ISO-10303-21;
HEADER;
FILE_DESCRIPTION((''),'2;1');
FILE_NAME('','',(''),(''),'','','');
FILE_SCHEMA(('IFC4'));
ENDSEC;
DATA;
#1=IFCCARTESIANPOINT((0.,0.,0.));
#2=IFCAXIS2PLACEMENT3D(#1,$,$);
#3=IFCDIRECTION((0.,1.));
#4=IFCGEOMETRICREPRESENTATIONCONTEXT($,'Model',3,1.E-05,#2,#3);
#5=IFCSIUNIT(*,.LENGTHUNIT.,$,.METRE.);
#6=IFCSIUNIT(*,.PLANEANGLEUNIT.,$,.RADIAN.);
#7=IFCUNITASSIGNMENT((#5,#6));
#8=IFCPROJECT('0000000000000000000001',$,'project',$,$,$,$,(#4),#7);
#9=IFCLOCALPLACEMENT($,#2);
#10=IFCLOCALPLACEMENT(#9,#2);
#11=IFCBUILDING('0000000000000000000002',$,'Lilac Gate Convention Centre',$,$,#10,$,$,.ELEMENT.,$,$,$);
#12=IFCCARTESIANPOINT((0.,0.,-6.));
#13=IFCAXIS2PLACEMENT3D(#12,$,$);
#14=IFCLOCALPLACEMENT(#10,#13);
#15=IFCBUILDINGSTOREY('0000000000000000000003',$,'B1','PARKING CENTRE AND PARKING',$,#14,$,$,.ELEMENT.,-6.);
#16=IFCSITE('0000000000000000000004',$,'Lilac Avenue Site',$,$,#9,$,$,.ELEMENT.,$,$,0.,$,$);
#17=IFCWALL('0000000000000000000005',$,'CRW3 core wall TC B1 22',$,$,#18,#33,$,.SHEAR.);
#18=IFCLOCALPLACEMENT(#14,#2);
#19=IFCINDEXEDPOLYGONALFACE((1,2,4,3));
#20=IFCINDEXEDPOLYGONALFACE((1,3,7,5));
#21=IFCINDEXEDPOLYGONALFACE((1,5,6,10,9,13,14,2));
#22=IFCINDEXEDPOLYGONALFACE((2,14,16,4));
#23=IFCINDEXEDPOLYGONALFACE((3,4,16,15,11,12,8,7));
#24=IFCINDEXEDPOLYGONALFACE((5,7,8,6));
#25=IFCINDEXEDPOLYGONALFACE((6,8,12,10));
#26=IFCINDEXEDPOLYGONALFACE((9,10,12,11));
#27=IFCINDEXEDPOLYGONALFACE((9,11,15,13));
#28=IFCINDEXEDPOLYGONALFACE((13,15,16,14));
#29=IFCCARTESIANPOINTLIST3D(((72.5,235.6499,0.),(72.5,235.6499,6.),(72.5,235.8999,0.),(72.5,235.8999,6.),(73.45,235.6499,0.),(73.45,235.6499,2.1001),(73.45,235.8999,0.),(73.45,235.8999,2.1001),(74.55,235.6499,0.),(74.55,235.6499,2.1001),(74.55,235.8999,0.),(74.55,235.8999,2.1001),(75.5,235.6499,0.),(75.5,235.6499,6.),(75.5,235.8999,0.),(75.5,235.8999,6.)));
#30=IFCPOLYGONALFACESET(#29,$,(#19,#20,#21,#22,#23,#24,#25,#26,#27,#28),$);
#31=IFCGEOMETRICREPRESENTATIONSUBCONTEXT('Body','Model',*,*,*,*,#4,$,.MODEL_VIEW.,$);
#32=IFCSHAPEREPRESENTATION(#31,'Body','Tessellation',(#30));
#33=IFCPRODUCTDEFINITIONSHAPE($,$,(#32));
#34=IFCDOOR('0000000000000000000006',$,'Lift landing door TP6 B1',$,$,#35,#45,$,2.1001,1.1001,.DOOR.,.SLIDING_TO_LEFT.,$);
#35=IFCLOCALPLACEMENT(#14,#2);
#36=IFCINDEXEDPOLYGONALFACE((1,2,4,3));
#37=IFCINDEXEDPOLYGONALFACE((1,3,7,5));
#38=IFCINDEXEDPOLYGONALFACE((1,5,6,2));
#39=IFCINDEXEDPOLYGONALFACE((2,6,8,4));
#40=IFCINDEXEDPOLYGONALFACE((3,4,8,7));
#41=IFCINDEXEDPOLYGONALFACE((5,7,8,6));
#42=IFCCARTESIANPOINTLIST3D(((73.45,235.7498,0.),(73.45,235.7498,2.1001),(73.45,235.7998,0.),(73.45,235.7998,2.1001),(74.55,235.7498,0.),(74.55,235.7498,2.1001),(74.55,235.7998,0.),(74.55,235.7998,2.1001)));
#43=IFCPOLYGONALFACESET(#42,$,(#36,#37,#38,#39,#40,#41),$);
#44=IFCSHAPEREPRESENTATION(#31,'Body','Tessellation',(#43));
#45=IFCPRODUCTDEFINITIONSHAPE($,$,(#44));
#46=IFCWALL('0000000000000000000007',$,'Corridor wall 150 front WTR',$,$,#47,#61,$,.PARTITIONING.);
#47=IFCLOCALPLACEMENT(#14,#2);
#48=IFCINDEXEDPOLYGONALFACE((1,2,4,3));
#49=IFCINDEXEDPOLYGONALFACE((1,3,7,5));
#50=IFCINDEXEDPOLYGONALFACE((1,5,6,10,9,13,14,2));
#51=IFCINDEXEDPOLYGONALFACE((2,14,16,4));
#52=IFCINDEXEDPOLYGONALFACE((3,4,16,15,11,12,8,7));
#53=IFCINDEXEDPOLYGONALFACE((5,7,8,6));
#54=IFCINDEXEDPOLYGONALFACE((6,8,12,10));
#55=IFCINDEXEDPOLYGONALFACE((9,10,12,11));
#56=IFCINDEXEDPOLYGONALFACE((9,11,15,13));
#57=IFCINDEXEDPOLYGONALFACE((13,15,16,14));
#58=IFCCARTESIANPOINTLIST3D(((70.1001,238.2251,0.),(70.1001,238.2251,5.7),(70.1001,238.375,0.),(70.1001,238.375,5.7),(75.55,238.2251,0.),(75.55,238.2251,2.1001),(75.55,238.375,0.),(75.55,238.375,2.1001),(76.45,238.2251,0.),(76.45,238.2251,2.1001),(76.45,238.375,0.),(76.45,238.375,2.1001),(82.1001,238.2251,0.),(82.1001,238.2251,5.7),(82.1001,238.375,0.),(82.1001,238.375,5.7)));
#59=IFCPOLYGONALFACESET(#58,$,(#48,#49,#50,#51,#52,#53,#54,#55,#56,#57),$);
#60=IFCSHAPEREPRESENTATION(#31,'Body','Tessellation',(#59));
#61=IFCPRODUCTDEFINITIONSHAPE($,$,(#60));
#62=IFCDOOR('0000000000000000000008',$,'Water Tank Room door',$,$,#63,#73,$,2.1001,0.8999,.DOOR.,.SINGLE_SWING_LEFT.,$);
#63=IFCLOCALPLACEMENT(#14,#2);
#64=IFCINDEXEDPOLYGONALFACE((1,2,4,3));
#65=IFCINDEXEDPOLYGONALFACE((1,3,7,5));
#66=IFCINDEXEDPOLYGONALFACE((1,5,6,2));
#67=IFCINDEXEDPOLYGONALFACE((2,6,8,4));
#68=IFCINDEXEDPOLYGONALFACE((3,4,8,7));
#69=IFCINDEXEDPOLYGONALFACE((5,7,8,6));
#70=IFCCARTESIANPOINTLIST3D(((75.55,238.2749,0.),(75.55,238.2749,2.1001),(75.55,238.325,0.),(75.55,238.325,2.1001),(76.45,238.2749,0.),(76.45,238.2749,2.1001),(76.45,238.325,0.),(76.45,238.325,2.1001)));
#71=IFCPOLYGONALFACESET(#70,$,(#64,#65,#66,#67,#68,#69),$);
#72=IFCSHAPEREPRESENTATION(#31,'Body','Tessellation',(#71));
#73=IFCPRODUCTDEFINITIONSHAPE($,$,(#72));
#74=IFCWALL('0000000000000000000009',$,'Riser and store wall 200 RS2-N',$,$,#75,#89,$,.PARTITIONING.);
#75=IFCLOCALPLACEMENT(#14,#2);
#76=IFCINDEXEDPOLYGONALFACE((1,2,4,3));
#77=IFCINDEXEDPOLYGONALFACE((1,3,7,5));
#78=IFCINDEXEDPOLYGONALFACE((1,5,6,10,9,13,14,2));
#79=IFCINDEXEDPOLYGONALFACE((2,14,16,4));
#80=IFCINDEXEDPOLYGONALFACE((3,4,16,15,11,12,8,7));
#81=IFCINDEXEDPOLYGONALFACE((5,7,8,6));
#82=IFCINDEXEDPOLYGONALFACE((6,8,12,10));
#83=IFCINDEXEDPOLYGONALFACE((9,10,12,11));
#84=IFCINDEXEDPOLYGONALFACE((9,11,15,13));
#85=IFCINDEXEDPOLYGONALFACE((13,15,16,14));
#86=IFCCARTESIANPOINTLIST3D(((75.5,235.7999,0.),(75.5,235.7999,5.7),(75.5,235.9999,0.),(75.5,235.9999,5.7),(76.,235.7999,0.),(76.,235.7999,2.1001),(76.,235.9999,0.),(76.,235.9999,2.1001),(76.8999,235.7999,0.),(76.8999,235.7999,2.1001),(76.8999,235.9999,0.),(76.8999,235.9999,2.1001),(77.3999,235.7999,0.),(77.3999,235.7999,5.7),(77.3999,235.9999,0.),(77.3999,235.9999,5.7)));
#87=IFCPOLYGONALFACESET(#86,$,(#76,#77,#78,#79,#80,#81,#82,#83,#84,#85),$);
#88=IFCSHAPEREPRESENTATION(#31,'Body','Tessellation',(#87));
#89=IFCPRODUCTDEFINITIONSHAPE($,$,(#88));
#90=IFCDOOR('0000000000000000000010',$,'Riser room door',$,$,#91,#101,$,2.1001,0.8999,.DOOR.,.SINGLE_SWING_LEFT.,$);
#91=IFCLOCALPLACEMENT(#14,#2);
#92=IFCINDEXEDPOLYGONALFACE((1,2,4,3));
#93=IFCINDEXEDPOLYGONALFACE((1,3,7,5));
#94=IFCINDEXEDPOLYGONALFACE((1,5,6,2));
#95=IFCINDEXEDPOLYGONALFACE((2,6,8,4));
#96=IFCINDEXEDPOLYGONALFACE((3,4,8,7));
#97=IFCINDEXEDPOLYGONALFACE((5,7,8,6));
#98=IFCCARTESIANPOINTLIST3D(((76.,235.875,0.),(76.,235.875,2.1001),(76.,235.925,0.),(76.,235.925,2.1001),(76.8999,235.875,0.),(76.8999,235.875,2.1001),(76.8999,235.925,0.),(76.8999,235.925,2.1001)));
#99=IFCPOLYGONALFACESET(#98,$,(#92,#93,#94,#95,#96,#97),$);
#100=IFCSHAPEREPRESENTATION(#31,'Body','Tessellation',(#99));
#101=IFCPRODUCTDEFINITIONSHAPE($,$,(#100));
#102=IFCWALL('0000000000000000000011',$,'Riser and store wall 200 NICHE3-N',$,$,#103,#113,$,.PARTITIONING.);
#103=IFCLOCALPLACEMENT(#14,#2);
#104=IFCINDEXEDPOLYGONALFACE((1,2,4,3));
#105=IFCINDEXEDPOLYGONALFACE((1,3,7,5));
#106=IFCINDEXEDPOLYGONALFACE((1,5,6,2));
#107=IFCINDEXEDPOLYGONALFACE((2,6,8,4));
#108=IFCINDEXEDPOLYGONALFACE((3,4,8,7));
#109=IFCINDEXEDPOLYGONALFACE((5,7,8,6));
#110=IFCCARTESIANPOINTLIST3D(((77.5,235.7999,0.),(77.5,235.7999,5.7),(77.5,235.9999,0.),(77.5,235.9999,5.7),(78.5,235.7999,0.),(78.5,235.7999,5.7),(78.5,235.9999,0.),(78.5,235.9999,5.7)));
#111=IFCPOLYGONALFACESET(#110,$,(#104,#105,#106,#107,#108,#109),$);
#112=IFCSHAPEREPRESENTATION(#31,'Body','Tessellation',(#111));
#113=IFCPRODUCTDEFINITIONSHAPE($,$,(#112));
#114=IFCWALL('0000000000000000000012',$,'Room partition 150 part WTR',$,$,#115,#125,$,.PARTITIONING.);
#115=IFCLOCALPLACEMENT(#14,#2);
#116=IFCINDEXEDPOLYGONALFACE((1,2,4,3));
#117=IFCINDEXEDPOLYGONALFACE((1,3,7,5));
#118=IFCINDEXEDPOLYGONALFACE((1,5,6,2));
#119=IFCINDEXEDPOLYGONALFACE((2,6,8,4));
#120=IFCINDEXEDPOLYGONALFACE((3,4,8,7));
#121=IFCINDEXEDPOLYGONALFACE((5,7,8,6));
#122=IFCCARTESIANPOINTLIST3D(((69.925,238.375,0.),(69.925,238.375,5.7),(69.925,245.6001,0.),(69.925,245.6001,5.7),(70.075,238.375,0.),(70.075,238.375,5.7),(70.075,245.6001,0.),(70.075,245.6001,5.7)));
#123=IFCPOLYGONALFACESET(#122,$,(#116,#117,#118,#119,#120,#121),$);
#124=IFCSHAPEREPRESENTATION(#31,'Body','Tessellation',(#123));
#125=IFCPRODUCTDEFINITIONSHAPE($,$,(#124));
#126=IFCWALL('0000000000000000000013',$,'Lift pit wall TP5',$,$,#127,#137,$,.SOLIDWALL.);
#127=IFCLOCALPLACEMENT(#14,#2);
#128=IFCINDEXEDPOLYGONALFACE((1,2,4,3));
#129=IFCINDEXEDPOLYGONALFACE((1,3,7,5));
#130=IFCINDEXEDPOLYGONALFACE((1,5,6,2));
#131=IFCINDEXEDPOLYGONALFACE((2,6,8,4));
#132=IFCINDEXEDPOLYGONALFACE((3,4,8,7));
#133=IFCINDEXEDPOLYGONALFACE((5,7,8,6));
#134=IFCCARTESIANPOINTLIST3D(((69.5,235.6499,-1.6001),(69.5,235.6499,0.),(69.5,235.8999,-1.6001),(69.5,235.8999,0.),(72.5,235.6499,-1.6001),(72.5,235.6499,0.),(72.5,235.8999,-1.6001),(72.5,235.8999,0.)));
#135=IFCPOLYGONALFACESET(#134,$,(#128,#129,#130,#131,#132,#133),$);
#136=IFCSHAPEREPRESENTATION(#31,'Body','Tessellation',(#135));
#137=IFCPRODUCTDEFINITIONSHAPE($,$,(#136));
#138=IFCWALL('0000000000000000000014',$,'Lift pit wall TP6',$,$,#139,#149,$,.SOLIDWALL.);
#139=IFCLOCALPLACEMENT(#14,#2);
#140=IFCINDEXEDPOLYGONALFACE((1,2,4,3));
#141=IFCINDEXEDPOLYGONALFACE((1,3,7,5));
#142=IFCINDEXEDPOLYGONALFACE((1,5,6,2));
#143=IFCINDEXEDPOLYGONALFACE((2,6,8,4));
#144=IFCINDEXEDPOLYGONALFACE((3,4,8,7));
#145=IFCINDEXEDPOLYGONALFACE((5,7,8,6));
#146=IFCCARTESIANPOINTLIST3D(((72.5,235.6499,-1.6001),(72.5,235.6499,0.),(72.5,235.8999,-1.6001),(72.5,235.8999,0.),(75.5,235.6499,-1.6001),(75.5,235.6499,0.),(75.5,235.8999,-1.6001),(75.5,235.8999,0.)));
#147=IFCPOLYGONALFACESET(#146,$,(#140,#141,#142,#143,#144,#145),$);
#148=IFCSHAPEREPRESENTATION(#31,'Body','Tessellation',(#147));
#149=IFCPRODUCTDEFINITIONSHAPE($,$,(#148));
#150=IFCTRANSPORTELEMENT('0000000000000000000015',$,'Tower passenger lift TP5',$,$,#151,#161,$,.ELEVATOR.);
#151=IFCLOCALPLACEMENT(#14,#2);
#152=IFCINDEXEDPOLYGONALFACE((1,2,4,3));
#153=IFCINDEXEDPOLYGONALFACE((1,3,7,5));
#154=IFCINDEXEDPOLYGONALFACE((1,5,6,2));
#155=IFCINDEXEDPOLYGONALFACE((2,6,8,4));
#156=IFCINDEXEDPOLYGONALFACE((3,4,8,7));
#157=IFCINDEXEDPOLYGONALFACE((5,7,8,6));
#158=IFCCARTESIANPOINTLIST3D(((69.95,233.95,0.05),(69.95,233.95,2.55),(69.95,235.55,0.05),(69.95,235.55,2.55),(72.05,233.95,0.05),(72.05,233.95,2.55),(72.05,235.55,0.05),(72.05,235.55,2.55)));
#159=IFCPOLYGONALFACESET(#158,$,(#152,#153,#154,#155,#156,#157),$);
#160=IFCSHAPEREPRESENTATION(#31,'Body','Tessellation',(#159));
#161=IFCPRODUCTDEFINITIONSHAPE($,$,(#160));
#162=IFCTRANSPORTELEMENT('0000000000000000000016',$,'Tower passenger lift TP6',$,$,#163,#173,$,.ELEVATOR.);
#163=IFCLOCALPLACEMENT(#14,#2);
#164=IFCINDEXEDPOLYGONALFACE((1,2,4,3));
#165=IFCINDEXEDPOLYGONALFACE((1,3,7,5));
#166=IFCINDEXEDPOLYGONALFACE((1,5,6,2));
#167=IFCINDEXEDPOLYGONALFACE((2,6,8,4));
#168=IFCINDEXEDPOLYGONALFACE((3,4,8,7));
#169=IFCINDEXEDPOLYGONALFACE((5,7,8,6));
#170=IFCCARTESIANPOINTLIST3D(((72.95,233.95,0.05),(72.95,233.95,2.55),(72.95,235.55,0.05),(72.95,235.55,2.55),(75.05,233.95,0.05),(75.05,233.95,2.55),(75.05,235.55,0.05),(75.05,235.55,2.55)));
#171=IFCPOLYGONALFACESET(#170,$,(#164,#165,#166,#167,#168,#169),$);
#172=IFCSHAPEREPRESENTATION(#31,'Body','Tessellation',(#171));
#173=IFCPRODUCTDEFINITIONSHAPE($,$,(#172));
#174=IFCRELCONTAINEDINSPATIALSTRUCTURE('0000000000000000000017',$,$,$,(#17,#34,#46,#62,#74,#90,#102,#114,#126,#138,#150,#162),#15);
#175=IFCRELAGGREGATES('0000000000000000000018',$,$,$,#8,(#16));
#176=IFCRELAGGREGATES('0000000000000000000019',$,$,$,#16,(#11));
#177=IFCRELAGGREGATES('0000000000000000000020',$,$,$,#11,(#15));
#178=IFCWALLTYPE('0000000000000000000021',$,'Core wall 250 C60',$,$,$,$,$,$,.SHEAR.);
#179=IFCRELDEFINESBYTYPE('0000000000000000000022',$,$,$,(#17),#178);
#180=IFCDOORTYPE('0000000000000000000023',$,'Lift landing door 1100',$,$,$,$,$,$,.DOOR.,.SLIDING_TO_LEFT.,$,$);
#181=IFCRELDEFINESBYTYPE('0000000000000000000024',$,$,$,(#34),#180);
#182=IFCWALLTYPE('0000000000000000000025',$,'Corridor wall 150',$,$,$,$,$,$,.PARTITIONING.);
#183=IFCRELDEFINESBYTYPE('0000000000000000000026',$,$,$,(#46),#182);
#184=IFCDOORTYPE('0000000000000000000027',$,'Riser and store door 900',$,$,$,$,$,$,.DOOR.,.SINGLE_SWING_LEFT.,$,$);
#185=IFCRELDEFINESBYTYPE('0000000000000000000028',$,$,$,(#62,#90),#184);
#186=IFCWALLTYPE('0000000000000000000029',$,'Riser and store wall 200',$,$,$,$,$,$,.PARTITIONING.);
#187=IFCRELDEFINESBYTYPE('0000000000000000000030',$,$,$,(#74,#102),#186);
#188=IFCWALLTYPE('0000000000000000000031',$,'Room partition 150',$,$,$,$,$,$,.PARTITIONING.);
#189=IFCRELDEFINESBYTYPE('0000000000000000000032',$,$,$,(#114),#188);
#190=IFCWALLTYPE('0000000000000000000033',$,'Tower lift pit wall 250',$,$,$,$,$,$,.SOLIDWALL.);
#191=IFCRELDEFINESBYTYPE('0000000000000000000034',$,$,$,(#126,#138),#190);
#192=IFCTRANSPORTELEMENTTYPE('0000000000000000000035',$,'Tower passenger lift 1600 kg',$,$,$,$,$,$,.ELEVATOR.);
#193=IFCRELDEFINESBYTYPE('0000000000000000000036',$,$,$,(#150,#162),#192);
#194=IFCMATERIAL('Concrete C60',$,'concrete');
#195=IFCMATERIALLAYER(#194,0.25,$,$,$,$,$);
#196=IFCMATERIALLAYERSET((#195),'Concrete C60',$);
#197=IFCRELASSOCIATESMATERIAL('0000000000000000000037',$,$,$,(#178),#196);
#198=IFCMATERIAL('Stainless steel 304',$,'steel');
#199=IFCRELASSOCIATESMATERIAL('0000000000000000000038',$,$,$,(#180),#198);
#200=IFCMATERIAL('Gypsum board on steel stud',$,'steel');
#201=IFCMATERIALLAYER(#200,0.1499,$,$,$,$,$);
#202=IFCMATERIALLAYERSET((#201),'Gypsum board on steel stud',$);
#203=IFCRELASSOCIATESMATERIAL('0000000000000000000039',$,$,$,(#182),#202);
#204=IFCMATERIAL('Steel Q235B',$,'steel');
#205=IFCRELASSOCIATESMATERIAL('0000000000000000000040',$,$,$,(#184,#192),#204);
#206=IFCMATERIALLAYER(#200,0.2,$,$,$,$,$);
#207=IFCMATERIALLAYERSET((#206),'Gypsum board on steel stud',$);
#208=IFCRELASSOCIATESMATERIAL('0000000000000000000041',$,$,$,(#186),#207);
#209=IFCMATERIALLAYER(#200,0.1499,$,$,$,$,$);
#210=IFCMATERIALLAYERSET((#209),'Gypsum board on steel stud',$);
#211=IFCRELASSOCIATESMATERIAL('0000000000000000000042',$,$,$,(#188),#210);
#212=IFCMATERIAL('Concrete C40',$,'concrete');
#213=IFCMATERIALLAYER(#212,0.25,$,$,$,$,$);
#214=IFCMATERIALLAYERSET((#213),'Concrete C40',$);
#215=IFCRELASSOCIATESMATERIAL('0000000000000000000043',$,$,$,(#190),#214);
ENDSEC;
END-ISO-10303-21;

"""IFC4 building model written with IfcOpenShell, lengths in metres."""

from ifc_helpers import new_model, si_unit, direction, frame, frame_2d, origin, origin_2d, place, context, subcontext, project, spatial, rectangle, extrude, material, layer, layer_set, type_object, element, fill, save


model = new_model("IFC4")

# Units and contexts
model_context = context("Model", 3, precision=1e-05, world=origin(), true_north=direction((0.0, 1.0)))
body_context = subcontext(model_context, "Body", "Model", "MODEL_VIEW")
ifc_project = project(units=[si_unit("LENGTHUNIT", "METRE"), si_unit("PLANEANGLEUNIT", "RADIAN")], contexts=[model_context])

# Site, building, storey
site_placement = place(None, origin())
site = spatial("IfcSite", under=ifc_project, at=site_placement, Name="Lilac Avenue Site", CompositionType="ELEMENT", RefElevation=0.0)
building_placement = place(site_placement, origin())
building = spatial("IfcBuilding", under=site, at=building_placement, Name="Lilac Gate Convention Centre", CompositionType="ELEMENT")
storey_placement = place(building_placement, frame((0.0, 0.0, -6.0)))
storey = spatial("IfcBuildingStorey", under=building, at=storey_placement, Name="B1", Description="PARKING CENTRE AND PARKING", CompositionType="ELEMENT", Elevation=-6.0)

# Shared definitions
ifc_material_1 = material(Name="Concrete C40", Category="concrete")

# Walls, openings, doors
ifc_material_2 = material(Name="Concrete C60", Category="concrete")
ifc_layer_1 = layer(ifc_material_2, 0.25)
ifc_layer_set_1 = layer_set([ifc_layer_1], Name="Concrete C60")
wall_type_1 = type_object("IfcWallType", Name="Core wall 250 C60", PredefinedType="SHEAR", material=ifc_layer_set_1)
ifc_material_3 = material(Name="Stainless steel 304", Category="steel")
door_type_1 = type_object("IfcDoorType", Name="Lift landing door 1100", OperationType="SLIDING_TO_LEFT", PredefinedType="DOOR", material=ifc_material_3)
wall_1_placement = place(storey_placement, frame((72.5, 235.7749, 0.0), z_axis=(0.0, 0.0, 1.0), x_axis=(1.0, 0.0, 0.0)))
wall_1 = element("IfcWall", 1, at=wall_1_placement, inside=storey, type_object=wall_type_1, Name="CRW3 core wall TC B1 22", PredefinedType="SHEAR", context=body_context, shape_type="SweptSolid", body=[
    extrude(rectangle(XDim=3.0, YDim=0.25, at=frame_2d((1.5, 0.0))), origin(), (0.0, 0.0, 1.0), 6.0),
])
opening_1_placement = place(wall_1_placement, frame((0.95, 0.0, 0.0)))
opening_1 = element("IfcOpeningElement", 2, at=opening_1_placement, cuts=wall_1, PredefinedType="OPENING", context=body_context, shape_type="SweptSolid", body=[
    extrude(rectangle(XDim=1.1001, YDim=2.1001, at=frame_2d((0.55, 1.05))), frame((0.0, 0.135, 0.0), z_axis=(0.0, -1.0, 0.0), x_axis=(1.0, 0.0, 0.0)), (0.0, 0.0, 1.0), 0.27),
])
door_1_placement = place(opening_1_placement, origin())
door_1 = element("IfcDoor", 3, at=door_1_placement, inside=storey, type_object=door_type_1, Name="Lift landing door TP6 B1", OperationType="SLIDING_TO_LEFT", OverallHeight=2.1001, OverallWidth=1.1001, PredefinedType="DOOR", context=body_context, shape_type="SweptSolid", body=[
    extrude(rectangle(XDim=1.1001, YDim=2.1001, at=frame_2d((0.55, 1.05))), frame((0.0, 0.0249, 0.0), z_axis=(0.0, -1.0, 0.0), x_axis=(1.0, 0.0, 0.0)), (0.0, 0.0, 1.0), 0.05),
])
fill(opening_1, door_1)
ifc_material_4 = material(Name="Gypsum board on steel stud", Category="steel")
ifc_layer_2 = layer(ifc_material_4, 0.1499)
ifc_layer_set_2 = layer_set([ifc_layer_2], Name="Gypsum board on steel stud")
wall_type_2 = type_object("IfcWallType", Name="Corridor wall 150", PredefinedType="PARTITIONING", material=ifc_layer_set_2)
wall_2_placement = place(storey_placement, frame((70.1001, 238.3, 0.0), z_axis=(0.0, 0.0, 1.0), x_axis=(1.0, 0.0, 0.0)))
wall_2 = element("IfcWall", 4, at=wall_2_placement, inside=storey, type_object=wall_type_2, Name="Corridor wall 150 front WTR", PredefinedType="PARTITIONING", context=body_context, shape_type="SweptSolid", body=[
    extrude(rectangle(XDim=12.0, YDim=0.1499, at=frame_2d((6.0, 0.0))), origin(), (0.0, 0.0, 1.0), 5.7),
])
opening_2_placement = place(wall_2_placement, frame((5.45, 0.0, 0.0)))
opening_2 = element("IfcOpeningElement", 5, at=opening_2_placement, cuts=wall_2, PredefinedType="OPENING", context=body_context, shape_type="SweptSolid", body=[
    extrude(rectangle(XDim=0.8999, YDim=2.1001, at=frame_2d((0.45, 1.05))), frame((0.0, 0.085, 0.0), z_axis=(0.0, -1.0, 0.0), x_axis=(1.0, 0.0, 0.0)), (0.0, 0.0, 1.0), 0.1699),
])
ifc_material_5 = material(Name="Steel Q235B", Category="steel")
door_type_2 = type_object("IfcDoorType", Name="Riser and store door 900", OperationType="SINGLE_SWING_LEFT", PredefinedType="DOOR", material=ifc_material_5)
door_2_placement = place(opening_2_placement, origin())
door_2 = element("IfcDoor", 6, at=door_2_placement, inside=storey, type_object=door_type_2, Name="Water Tank Room door", OperationType="SINGLE_SWING_LEFT", OverallHeight=2.1001, OverallWidth=0.8999, PredefinedType="DOOR", context=body_context, shape_type="SweptSolid", body=[
    extrude(rectangle(XDim=0.8999, YDim=2.1001, at=frame_2d((0.45, 1.05))), frame((0.0, 0.0249, 0.0), z_axis=(0.0, -1.0, 0.0), x_axis=(1.0, 0.0, 0.0)), (0.0, 0.0, 1.0), 0.05),
])
fill(opening_2, door_2)
ifc_layer_3 = layer(ifc_material_4, 0.2)
ifc_layer_set_3 = layer_set([ifc_layer_3], Name="Gypsum board on steel stud")
wall_type_3 = type_object("IfcWallType", Name="Riser and store wall 200", PredefinedType="PARTITIONING", material=ifc_layer_set_3)
wall_3_placement = place(storey_placement, frame((77.3999, 235.8999, 0.0), z_axis=(0.0, 0.0, 1.0), x_axis=(-1.0, 0.0, 0.0)))
wall_3 = element("IfcWall", 7, at=wall_3_placement, inside=storey, type_object=wall_type_3, Name="Riser and store wall 200 RS2-N", PredefinedType="PARTITIONING", context=body_context, shape_type="SweptSolid", body=[
    extrude(rectangle(XDim=1.8999, YDim=0.2, at=frame_2d((0.95, 0.0))), origin(), (0.0, 0.0, 1.0), 5.7),
])
opening_3_placement = place(wall_3_placement, frame((0.5, 0.0, 0.0)))
opening_3 = element("IfcOpeningElement", 8, at=opening_3_placement, cuts=wall_3, PredefinedType="OPENING", context=body_context, shape_type="SweptSolid", body=[
    extrude(rectangle(XDim=0.8999, YDim=2.1001, at=frame_2d((0.45, 1.05))), frame((0.0, 0.1099, 0.0), z_axis=(0.0, -1.0, 0.0), x_axis=(1.0, 0.0, 0.0)), (0.0, 0.0, 1.0), 0.22),
])
door_3_placement = place(opening_3_placement, origin())
door_3 = element("IfcDoor", 9, at=door_3_placement, inside=storey, type_object=door_type_2, Name="Riser room door", OperationType="SINGLE_SWING_LEFT", OverallHeight=2.1001, OverallWidth=0.8999, PredefinedType="DOOR", context=body_context, shape_type="SweptSolid", body=[
    extrude(rectangle(XDim=0.8999, YDim=2.1001, at=frame_2d((0.45, 1.05))), frame((0.0, 0.0249, 0.0), z_axis=(0.0, -1.0, 0.0), x_axis=(1.0, 0.0, 0.0)), (0.0, 0.0, 1.0), 0.05),
])
fill(opening_3, door_3)

# Walls
wall_4_placement = place(storey_placement, frame((77.5, 235.8999, 0.0), z_axis=(0.0, 0.0, 1.0), x_axis=(1.0, 0.0, 0.0)))
element("IfcWall", 10, at=wall_4_placement, inside=storey, type_object=wall_type_3, Name="Riser and store wall 200 NICHE3-N", PredefinedType="PARTITIONING", context=body_context, shape_type="SweptSolid", body=[
    extrude(rectangle(XDim=1.0, YDim=0.2, at=frame_2d((0.5, 0.0))), origin(), (0.0, 0.0, 1.0), 5.7),
])
ifc_layer_4 = layer(ifc_material_4, 0.1499)
ifc_layer_set_4 = layer_set([ifc_layer_4], Name="Gypsum board on steel stud")
wall_type_4 = type_object("IfcWallType", Name="Room partition 150", PredefinedType="PARTITIONING", material=ifc_layer_set_4)
wall_5_placement = place(storey_placement, frame((70.0, 245.6001, 0.0), z_axis=(0.0, 0.0, 1.0), x_axis=(0.0, -1.0, 0.0)))
element("IfcWall", 11, at=wall_5_placement, inside=storey, type_object=wall_type_4, Name="Room partition 150 part WTR", PredefinedType="PARTITIONING", context=body_context, shape_type="SweptSolid", body=[
    extrude(rectangle(XDim=7.2251, YDim=0.1499, at=frame_2d((3.6125, 0.0))), origin(), (0.0, 0.0, 1.0), 5.7),
])
ifc_layer_5 = layer(ifc_material_1, 0.25)
ifc_layer_set_5 = layer_set([ifc_layer_5], Name="Concrete C40")
wall_type_5 = type_object("IfcWallType", Name="Tower lift pit wall 250", PredefinedType="SOLIDWALL", material=ifc_layer_set_5)
for number, where, z_axis, x_axis, name in (
    (12, (69.5, 235.7749, -1.6001), (0.0, 0.0, 1.0), (1.0, 0.0, 0.0), "Lift pit wall TP5"),
    (13, (72.5, 235.7749, -1.6001), (0.0, 0.0, 1.0), (1.0, 0.0, 0.0), "Lift pit wall TP6"),
):
    element("IfcWall", number, at=place(storey_placement, frame(where, z_axis=z_axis, x_axis=x_axis)), inside=storey, type_object=wall_type_5, Name=name, PredefinedType="SOLIDWALL", context=body_context, shape_type="SweptSolid", body=[
        extrude(rectangle(XDim=3.0, YDim=0.25, at=frame_2d((1.5, 0.0))), origin(), (0.0, 0.0, 1.0), 1.6001),
    ])

# Transport elements
transport_element_type = type_object("IfcTransportElementType", Name="Tower passenger lift 1600 kg", PredefinedType="ELEVATOR", material=ifc_material_5)
for number, where, z_axis, x_axis, name in (
    (14, (71.0, 234.75, 0.05), (0.0, 0.0, 1.0), (1.0, 0.0, 0.0), "Tower passenger lift TP5"),
    (15, (74.0, 234.75, 0.05), (0.0, 0.0, 1.0), (1.0, 0.0, 0.0), "Tower passenger lift TP6"),
):
    element("IfcTransportElement", number, at=place(storey_placement, frame(where, z_axis=z_axis, x_axis=x_axis)), inside=storey, type_object=transport_element_type, Name=name, PredefinedType="ELEVATOR", context=body_context, shape_type="SweptSolid", body=[
        extrude(rectangle(XDim=2.1001, YDim=1.6001, at=origin_2d()), origin(), (0.0, 0.0, 1.0), 2.5),
    ])

save(model, "model.ifc")
